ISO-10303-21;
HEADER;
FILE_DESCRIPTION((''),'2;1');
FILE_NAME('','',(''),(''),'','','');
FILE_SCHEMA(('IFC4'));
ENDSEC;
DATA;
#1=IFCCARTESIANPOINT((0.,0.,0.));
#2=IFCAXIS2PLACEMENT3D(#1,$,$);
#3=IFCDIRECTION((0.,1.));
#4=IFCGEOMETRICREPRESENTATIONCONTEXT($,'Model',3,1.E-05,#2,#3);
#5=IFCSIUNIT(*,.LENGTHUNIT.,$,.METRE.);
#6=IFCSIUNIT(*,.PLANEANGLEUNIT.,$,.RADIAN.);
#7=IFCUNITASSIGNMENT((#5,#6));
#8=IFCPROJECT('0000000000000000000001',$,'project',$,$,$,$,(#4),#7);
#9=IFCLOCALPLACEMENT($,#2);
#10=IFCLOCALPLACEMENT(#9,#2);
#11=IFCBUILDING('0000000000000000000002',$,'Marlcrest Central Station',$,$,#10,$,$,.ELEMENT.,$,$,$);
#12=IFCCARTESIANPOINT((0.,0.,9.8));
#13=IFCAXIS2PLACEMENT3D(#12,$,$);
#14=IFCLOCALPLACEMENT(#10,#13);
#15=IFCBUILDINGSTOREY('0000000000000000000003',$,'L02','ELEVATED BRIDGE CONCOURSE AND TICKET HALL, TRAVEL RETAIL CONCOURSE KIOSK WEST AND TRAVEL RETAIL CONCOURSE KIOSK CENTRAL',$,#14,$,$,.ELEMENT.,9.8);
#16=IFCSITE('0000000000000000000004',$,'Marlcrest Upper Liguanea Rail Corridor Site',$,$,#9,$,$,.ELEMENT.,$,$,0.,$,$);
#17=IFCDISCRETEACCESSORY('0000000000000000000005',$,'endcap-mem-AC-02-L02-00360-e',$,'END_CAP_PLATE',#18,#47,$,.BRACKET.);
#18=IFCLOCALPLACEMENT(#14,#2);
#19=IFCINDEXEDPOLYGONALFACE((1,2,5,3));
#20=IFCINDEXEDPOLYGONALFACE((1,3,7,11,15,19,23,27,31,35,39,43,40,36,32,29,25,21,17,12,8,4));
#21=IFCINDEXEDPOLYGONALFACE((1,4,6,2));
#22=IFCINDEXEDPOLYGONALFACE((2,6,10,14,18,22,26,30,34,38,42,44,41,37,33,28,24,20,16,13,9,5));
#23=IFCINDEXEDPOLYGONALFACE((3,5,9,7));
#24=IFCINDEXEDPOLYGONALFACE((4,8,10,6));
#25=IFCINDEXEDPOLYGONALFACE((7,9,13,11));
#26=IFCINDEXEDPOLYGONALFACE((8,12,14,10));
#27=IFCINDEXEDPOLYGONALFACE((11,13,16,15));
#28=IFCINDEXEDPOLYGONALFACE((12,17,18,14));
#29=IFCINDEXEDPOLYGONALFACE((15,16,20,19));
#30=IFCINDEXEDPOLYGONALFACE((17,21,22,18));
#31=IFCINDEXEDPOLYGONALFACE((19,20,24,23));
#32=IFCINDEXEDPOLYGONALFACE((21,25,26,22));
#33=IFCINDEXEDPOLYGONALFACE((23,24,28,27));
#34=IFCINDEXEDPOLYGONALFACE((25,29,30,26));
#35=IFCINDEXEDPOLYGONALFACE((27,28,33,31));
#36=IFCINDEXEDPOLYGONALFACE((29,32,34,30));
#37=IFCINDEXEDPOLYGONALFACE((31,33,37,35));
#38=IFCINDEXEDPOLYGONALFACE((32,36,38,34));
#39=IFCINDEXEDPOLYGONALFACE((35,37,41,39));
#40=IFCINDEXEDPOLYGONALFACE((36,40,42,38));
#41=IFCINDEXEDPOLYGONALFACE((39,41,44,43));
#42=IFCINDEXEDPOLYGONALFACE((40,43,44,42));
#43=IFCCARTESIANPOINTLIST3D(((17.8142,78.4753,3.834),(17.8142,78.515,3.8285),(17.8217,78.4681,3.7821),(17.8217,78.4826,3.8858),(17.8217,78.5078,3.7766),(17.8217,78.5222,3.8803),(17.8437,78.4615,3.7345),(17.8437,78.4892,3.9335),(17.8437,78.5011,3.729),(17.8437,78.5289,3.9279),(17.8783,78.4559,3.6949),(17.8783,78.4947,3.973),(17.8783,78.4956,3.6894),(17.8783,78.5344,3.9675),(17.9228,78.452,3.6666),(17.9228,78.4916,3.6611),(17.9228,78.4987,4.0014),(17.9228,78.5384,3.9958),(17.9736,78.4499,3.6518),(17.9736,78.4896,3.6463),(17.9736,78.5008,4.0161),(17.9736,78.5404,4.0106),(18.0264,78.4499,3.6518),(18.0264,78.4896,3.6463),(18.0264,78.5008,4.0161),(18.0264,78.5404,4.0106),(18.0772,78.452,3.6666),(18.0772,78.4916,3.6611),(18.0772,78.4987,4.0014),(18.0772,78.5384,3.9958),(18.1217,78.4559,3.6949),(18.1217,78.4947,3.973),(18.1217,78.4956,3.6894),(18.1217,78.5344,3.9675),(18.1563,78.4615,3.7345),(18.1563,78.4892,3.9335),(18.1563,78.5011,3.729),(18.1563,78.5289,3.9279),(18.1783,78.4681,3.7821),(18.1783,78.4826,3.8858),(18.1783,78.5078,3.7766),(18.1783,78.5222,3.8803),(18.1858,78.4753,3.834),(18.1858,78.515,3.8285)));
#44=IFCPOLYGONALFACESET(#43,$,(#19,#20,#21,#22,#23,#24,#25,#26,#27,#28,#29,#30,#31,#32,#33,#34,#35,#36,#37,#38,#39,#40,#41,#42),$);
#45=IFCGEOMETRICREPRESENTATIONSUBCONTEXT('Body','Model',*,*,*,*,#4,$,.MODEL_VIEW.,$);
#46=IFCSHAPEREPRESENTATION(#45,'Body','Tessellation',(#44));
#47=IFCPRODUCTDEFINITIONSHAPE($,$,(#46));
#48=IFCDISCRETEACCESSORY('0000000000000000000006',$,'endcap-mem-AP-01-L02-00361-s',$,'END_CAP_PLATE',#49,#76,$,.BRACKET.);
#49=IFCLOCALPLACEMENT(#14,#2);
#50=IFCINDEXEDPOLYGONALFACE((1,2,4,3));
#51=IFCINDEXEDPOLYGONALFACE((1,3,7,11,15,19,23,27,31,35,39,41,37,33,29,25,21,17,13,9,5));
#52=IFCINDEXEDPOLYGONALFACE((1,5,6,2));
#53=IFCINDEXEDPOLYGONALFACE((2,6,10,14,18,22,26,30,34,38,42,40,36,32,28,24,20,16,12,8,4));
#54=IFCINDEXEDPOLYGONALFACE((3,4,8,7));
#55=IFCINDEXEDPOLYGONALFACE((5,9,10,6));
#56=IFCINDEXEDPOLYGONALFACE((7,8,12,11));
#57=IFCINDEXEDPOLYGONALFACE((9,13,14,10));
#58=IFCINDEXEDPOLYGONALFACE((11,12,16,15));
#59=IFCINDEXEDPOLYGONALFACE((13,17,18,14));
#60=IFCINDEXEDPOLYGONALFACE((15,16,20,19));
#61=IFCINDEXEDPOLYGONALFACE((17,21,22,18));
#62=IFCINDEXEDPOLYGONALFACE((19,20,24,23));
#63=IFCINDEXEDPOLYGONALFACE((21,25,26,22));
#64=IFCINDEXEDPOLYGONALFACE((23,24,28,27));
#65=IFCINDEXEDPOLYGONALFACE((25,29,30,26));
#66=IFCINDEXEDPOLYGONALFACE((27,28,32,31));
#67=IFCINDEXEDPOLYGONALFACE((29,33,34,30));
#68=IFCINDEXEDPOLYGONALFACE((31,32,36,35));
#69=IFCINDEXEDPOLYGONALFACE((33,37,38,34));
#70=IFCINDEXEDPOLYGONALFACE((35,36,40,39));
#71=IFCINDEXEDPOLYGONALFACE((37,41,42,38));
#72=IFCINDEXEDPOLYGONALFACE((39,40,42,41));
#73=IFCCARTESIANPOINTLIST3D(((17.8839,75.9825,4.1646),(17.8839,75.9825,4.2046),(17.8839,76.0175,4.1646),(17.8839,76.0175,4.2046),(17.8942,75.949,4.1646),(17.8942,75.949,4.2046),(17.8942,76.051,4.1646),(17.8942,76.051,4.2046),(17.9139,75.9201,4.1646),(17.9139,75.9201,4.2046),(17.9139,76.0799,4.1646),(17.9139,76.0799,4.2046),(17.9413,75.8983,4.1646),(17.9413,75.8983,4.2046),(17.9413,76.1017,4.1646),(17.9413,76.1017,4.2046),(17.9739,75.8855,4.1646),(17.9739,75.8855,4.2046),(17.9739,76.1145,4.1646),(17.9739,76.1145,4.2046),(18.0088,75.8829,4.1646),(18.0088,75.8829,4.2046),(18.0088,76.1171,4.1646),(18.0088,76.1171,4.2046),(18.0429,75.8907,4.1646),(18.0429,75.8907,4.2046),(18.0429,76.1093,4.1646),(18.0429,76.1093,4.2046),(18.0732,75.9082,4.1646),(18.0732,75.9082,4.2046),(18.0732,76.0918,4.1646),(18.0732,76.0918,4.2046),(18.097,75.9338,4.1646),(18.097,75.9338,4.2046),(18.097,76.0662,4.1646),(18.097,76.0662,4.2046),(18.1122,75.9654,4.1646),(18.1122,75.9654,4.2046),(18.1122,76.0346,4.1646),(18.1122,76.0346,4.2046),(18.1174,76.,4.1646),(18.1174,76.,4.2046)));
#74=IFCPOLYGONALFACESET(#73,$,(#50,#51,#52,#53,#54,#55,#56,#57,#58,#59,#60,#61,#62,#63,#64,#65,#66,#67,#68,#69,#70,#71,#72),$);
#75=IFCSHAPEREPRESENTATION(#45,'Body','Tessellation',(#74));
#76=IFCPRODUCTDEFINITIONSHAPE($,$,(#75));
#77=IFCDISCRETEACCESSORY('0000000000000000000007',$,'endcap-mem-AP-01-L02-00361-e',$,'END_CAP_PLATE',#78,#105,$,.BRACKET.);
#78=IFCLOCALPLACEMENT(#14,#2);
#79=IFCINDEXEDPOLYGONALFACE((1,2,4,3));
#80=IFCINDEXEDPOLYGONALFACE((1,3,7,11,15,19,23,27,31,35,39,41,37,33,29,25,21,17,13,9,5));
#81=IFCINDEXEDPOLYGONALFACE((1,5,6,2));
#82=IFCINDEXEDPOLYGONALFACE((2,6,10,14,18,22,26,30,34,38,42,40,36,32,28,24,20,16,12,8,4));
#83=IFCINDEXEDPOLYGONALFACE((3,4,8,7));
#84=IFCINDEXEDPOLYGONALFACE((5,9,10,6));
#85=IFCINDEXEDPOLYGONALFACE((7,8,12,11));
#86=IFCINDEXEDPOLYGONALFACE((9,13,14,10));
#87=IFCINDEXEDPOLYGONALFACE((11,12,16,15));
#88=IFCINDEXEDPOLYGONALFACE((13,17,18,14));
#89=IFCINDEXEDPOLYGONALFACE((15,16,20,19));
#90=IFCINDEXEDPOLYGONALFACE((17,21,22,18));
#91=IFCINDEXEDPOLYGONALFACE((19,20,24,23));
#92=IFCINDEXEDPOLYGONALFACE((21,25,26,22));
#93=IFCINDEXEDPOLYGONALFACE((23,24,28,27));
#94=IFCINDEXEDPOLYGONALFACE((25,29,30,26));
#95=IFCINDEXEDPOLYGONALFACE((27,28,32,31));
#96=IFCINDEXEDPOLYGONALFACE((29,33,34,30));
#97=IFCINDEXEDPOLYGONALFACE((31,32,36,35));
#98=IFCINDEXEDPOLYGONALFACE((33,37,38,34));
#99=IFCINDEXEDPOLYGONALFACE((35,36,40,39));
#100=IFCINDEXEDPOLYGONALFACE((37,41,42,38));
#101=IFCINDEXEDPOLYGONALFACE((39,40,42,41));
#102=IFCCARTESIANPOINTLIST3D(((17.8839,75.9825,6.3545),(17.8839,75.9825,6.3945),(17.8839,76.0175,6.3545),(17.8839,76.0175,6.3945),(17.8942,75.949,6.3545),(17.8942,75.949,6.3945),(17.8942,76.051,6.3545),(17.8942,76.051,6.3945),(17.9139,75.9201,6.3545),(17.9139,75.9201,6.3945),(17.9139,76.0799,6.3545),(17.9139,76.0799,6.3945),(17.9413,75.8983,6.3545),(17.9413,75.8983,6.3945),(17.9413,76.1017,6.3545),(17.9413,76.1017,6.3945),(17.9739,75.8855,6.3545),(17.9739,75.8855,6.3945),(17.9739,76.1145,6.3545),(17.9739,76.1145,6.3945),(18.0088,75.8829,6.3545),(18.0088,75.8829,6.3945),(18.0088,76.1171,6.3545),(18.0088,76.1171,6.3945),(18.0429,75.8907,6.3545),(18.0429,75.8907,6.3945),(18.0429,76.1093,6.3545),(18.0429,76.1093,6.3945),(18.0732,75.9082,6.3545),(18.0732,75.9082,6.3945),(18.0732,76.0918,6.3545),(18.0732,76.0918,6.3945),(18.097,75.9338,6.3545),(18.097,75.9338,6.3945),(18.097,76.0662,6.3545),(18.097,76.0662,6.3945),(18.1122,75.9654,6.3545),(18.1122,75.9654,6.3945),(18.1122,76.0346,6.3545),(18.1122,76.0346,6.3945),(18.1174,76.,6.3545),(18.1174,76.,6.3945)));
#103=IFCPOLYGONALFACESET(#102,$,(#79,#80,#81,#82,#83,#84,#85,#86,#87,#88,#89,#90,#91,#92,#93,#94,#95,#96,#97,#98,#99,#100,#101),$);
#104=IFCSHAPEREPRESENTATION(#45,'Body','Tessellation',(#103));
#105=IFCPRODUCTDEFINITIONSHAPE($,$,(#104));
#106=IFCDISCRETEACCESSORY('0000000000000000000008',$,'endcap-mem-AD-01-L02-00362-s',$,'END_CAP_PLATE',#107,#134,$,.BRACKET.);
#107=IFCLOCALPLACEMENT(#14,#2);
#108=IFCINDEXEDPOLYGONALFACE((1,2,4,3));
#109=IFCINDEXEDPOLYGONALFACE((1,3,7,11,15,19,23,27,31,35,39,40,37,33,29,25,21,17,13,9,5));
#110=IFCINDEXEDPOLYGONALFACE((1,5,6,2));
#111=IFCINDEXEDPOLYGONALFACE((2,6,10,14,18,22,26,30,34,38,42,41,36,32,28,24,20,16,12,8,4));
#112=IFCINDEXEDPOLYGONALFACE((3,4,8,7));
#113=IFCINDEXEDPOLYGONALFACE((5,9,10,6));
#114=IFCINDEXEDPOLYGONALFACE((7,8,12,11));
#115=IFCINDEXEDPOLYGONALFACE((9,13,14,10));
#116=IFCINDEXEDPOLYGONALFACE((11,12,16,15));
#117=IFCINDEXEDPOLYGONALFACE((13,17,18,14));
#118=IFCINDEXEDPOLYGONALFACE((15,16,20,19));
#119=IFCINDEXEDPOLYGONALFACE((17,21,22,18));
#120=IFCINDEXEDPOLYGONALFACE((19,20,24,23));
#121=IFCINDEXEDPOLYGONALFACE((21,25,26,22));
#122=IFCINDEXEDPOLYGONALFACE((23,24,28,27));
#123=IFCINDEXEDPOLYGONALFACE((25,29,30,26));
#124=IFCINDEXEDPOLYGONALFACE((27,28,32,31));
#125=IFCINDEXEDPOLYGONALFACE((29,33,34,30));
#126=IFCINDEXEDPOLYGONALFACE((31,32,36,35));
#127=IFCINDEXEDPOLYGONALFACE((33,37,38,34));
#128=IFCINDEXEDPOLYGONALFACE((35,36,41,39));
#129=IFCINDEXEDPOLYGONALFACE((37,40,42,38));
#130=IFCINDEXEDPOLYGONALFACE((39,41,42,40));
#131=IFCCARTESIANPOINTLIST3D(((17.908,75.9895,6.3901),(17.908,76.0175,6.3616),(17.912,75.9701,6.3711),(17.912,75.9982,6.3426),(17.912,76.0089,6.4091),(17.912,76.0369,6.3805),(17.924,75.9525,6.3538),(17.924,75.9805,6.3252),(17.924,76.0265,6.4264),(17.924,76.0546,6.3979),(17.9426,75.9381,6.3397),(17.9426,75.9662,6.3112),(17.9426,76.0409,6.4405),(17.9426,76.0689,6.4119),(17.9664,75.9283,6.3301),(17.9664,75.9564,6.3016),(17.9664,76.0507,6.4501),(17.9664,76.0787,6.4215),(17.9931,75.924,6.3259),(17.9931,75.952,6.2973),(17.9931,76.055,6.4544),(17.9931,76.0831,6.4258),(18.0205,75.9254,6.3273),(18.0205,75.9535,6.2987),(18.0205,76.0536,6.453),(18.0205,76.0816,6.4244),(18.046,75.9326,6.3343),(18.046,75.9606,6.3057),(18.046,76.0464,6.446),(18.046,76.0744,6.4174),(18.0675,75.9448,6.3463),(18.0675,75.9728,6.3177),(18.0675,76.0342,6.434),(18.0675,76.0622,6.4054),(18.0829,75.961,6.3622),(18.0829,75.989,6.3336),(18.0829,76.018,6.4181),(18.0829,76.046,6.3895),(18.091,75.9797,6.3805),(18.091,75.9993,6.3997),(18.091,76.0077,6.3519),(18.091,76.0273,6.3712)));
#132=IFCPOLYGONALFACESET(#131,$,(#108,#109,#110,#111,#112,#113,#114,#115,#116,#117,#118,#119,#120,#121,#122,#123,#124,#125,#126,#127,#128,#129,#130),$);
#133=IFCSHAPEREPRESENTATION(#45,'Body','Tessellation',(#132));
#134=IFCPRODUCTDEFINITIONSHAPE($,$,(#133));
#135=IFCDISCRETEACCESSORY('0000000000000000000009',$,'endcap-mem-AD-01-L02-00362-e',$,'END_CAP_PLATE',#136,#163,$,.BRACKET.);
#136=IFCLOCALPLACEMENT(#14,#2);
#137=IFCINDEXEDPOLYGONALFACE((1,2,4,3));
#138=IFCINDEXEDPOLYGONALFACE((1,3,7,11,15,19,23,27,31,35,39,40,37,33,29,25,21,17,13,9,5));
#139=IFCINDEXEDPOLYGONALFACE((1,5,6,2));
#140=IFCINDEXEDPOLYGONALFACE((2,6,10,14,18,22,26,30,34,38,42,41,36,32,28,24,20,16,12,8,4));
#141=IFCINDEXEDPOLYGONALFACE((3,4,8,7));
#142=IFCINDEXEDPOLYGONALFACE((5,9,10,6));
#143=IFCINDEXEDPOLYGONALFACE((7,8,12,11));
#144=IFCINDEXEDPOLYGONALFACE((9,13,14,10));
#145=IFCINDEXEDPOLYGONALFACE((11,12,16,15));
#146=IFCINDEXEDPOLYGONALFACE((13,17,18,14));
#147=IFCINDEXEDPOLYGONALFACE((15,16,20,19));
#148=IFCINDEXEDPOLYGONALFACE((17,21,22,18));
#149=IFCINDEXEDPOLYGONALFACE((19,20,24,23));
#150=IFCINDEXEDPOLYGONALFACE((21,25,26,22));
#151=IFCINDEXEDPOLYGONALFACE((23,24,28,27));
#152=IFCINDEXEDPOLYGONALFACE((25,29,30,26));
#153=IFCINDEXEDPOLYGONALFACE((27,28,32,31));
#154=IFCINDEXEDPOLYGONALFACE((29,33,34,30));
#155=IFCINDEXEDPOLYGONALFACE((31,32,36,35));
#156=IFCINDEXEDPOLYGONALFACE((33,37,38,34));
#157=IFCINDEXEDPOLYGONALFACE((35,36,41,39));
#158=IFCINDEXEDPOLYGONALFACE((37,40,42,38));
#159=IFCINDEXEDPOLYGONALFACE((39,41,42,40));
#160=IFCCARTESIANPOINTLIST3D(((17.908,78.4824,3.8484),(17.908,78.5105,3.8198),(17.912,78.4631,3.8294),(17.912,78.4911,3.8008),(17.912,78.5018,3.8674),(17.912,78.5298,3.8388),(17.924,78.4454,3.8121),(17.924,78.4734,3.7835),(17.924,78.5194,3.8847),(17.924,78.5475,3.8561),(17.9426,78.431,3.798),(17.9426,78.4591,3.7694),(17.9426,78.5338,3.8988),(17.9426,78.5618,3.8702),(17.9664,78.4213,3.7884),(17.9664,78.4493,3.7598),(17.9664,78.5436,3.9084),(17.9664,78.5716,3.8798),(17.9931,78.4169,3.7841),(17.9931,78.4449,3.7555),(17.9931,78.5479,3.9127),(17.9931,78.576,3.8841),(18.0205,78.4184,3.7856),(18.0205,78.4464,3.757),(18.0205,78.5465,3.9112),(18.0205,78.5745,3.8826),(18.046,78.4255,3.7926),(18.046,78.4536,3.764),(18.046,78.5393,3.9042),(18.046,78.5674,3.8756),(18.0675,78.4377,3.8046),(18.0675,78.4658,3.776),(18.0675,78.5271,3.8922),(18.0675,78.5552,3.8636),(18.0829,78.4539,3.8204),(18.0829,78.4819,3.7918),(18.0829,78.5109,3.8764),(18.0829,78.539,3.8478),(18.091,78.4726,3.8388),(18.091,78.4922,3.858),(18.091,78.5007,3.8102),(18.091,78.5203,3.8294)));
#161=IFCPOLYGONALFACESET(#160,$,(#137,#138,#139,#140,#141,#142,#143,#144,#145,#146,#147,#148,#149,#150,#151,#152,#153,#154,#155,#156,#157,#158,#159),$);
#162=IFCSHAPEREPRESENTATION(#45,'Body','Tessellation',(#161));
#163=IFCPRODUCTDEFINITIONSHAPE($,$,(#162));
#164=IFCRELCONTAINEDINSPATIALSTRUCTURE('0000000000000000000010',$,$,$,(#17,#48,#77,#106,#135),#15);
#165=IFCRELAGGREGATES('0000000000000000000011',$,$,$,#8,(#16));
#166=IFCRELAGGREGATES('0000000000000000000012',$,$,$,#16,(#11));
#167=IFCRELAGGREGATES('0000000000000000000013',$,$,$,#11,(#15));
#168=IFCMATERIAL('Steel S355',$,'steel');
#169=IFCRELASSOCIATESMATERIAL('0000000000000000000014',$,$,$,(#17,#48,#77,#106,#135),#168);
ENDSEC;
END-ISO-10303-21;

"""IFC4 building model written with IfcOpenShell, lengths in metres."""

from ifc_helpers import new_model, si_unit, direction, frame, origin, origin_2d, place, context, subcontext, project, spatial, circle, extrude, material, element, save


model = new_model("IFC4")

# Units and contexts
model_context = context("Model", 3, precision=1e-05, world=origin(), true_north=direction((0.0, 1.0)))
body_context = subcontext(model_context, "Body", "Model", "MODEL_VIEW")
ifc_project = project(units=[si_unit("LENGTHUNIT", "METRE"), si_unit("PLANEANGLEUNIT", "RADIAN")], contexts=[model_context])

# Site, building, storey
site_placement = place(None, origin())
site = spatial("IfcSite", under=ifc_project, at=site_placement, Name="Marlcrest Upper Liguanea Rail Corridor Site", CompositionType="ELEMENT", RefElevation=0.0)
building_placement = place(site_placement, origin())
building = spatial("IfcBuilding", under=site, at=building_placement, Name="Marlcrest Central Station", CompositionType="ELEMENT")
storey_placement = place(building_placement, frame((0.0, 0.0, 9.8)))
storey = spatial("IfcBuildingStorey", under=building, at=storey_placement, Name="L02", Description="ELEVATED BRIDGE CONCOURSE AND TICKET HALL, TRAVEL RETAIL CONCOURSE KIOSK WEST AND TRAVEL RETAIL CONCOURSE KIOSK CENTRAL", CompositionType="ELEMENT", Elevation=9.8)

# Shared definitions
ifc_material = material(Name="Steel S355", Category="steel")

# Discrete accessories
for number, where, z_axis, x_axis, name in (
    (1, (18.0, 78.4753, 3.834), (0.0, 0.990403, -0.138211), (-1.0, 0.0, 0.0), "endcap-mem-AC-02-L02-00360-e"),
):
    element("IfcDiscreteAccessory", number, at=place(storey_placement, frame(where, z_axis=z_axis, x_axis=x_axis)), inside=storey, material=ifc_material, Name=name, ObjectType="END_CAP_PLATE", PredefinedType="BRACKET", context=body_context, shape_type="SweptSolid", body=[
        extrude(circle(Radius=0.1858, at=origin_2d()), origin(), (0.0, 0.0, 1.0), 0.04),
    ])
for number, where, z_axis, x_axis, name in (
    (2, (18.0, 76.0, 4.1646), (0.0, 0.0, 1.0), (1.0, 0.0, 0.0), "endcap-mem-AP-01-L02-00361-s"),
    (3, (18.0, 76.0, 6.3545), (0.0, 0.0, 1.0), (1.0, 0.0, 0.0), "endcap-mem-AP-01-L02-00361-e"),
):
    element("IfcDiscreteAccessory", number, at=place(storey_placement, frame(where, z_axis=z_axis, x_axis=x_axis)), inside=storey, material=ifc_material, Name=name, ObjectType="END_CAP_PLATE", PredefinedType="BRACKET", context=body_context, shape_type="SweptSolid", body=[
        extrude(circle(Radius=0.1174, at=origin_2d()), origin(), (0.0, 0.0, 1.0), 0.04),
    ])
for number, where, z_axis, x_axis, name in (
    (4, (18.0, 75.9895, 6.3901), (0.0, 0.700235, -0.713912), (-1.0, 0.0, 0.0), "endcap-mem-AD-01-L02-00362-s"),
    (5, (18.0, 78.4824, 3.8484), (0.0, 0.700235, -0.713912), (-1.0, 0.0, 0.0), "endcap-mem-AD-01-L02-00362-e"),
):
    element("IfcDiscreteAccessory", number, at=place(storey_placement, frame(where, z_axis=z_axis, x_axis=x_axis)), inside=storey, material=ifc_material, Name=name, ObjectType="END_CAP_PLATE", PredefinedType="BRACKET", context=body_context, shape_type="SweptSolid", body=[
        extrude(circle(Radius=0.092, at=origin_2d()), origin(), (0.0, 0.0, 1.0), 0.04),
    ])

save(model, "model.ifc")
